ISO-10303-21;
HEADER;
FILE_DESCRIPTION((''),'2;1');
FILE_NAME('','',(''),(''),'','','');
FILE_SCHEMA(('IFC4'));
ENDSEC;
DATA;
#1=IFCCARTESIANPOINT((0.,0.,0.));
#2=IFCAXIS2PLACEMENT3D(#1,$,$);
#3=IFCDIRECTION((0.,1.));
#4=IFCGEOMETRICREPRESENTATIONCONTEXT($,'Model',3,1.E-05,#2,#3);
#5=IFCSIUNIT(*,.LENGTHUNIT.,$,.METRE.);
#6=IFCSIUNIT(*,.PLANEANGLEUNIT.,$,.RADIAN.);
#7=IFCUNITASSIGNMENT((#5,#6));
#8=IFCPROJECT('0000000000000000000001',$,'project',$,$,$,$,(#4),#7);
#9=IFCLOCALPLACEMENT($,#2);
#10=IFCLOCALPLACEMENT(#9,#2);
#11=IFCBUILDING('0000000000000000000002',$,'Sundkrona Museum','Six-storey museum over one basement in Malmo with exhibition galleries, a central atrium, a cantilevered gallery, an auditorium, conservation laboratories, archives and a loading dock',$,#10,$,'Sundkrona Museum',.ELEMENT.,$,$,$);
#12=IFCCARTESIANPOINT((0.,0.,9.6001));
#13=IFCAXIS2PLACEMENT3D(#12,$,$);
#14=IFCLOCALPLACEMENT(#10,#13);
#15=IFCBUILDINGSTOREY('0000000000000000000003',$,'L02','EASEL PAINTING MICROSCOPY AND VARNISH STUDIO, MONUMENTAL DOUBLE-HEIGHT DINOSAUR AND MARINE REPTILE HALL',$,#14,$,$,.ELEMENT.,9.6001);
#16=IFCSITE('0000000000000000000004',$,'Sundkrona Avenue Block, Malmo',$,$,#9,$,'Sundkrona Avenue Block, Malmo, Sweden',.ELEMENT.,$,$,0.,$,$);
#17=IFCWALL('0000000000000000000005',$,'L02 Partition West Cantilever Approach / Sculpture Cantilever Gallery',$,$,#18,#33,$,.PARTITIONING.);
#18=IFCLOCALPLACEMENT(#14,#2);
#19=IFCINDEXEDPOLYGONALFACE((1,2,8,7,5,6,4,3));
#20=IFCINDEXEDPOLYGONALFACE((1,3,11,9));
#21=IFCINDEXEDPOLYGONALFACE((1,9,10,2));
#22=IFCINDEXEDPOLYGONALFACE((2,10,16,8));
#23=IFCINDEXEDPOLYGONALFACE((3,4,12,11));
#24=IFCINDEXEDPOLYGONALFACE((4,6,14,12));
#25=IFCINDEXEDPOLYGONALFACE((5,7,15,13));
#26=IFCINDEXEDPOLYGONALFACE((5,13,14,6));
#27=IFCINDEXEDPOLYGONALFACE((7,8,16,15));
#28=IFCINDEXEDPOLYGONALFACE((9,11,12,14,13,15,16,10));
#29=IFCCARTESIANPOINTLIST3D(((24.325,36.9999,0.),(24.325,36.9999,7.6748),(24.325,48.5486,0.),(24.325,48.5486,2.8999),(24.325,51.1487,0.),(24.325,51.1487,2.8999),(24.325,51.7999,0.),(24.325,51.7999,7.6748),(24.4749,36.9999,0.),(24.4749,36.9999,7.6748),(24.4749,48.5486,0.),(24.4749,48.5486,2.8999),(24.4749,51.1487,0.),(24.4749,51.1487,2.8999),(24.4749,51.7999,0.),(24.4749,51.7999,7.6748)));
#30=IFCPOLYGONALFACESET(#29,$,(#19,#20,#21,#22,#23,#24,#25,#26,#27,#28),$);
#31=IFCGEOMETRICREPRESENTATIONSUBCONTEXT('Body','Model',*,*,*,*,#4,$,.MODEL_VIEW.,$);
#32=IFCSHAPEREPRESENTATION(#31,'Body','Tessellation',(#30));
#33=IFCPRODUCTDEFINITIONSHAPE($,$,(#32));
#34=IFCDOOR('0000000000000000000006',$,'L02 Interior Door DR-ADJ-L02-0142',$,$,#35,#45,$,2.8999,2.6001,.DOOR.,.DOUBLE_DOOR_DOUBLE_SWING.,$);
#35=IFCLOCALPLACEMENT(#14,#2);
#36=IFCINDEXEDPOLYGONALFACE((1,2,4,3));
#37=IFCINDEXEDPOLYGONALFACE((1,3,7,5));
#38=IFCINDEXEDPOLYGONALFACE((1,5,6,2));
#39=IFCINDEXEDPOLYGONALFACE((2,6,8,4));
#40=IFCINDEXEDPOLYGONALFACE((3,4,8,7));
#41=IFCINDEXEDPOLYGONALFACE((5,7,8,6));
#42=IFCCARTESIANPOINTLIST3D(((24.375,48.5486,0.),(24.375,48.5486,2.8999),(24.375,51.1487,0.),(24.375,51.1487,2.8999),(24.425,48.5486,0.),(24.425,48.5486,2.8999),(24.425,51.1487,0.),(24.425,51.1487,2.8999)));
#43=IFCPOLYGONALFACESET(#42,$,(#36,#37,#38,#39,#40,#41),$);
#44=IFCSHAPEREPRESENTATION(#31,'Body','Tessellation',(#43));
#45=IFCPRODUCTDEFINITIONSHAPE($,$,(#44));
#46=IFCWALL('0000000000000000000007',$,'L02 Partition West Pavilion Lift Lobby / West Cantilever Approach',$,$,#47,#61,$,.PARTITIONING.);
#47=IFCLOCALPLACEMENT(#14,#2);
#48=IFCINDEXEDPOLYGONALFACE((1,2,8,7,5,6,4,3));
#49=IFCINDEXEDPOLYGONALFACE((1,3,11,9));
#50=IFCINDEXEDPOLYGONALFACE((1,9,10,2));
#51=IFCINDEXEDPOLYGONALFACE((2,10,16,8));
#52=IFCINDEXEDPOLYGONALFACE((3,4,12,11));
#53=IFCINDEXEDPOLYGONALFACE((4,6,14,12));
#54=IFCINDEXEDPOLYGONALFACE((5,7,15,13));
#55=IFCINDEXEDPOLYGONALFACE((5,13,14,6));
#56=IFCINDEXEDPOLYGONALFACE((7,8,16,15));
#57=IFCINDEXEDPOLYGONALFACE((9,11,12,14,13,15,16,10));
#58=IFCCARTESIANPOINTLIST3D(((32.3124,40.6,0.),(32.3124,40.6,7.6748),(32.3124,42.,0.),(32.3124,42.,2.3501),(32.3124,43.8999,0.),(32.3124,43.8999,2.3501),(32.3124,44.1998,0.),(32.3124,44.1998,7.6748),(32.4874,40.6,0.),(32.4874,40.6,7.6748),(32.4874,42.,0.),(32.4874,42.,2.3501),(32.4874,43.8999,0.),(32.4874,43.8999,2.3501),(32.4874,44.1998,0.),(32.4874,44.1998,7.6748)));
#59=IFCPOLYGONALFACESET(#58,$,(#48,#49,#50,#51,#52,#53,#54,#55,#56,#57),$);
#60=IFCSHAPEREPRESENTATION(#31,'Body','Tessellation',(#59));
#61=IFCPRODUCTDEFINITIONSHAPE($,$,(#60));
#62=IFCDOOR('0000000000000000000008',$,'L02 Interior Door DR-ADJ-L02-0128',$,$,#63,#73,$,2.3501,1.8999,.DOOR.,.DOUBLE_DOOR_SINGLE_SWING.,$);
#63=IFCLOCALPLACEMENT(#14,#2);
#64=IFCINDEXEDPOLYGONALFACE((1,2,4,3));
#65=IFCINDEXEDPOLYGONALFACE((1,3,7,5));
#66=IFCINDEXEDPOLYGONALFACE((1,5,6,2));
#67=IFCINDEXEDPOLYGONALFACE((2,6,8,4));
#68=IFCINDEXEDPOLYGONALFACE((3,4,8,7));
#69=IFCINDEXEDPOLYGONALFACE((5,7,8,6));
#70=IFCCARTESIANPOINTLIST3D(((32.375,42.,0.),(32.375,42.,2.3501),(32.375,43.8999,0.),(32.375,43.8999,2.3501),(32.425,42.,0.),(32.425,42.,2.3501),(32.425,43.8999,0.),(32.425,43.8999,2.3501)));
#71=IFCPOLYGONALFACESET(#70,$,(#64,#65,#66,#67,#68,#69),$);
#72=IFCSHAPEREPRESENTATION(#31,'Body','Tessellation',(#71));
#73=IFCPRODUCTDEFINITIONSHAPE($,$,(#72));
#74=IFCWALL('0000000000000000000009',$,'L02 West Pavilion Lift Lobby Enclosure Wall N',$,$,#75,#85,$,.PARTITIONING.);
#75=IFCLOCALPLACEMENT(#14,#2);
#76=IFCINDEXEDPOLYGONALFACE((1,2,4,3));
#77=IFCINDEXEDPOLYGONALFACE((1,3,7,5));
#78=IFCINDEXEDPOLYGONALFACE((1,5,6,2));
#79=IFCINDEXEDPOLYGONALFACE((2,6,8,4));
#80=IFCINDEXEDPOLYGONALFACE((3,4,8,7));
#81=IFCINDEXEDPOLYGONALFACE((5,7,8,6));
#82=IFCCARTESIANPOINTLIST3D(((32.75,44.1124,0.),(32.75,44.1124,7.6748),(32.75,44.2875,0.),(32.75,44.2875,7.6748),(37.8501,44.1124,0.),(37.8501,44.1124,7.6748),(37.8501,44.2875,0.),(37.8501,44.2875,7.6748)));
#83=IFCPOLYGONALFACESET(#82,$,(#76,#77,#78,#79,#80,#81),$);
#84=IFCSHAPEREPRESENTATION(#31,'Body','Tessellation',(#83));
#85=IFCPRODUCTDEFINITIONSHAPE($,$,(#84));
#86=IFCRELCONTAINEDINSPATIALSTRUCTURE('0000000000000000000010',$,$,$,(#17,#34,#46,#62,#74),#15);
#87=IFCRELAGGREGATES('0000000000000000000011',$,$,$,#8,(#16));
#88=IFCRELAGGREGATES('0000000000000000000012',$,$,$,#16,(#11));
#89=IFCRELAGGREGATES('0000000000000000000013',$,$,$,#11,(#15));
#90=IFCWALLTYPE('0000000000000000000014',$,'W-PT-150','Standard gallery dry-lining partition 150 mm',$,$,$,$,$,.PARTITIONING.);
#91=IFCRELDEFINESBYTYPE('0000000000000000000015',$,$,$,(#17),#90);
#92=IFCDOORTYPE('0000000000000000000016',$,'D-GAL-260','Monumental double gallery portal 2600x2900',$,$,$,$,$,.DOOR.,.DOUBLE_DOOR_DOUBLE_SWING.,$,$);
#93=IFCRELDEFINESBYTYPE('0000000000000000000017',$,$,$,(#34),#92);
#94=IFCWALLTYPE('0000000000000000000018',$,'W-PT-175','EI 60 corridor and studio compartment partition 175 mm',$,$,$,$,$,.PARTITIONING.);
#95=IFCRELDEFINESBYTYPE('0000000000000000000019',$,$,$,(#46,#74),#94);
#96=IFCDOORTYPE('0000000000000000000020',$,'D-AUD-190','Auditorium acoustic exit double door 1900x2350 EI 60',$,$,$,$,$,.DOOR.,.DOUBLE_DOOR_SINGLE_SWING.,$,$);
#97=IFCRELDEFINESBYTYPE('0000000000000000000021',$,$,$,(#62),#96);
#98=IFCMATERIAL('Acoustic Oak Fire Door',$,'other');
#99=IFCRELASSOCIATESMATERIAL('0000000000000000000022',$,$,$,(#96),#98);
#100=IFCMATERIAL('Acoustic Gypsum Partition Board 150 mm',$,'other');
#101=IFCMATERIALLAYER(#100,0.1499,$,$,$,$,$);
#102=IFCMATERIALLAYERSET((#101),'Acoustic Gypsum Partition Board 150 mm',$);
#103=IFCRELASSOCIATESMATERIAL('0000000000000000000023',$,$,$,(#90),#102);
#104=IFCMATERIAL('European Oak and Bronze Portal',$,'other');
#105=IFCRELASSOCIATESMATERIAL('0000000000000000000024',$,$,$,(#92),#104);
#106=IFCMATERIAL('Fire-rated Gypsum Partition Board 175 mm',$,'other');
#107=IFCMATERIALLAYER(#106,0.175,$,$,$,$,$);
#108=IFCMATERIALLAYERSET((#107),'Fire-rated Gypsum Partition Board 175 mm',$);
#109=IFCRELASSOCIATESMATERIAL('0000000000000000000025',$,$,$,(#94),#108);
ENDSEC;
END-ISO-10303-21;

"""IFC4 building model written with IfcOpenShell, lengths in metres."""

from ifc_helpers import new_model, si_unit, direction, frame, frame_2d, origin, place, context, subcontext, project, spatial, rectangle, extrude, material, layer, layer_set, type_object, element, fill, save


model = new_model("IFC4")

# Units and contexts
model_context = context("Model", 3, precision=1e-05, world=origin(), true_north=direction((0.0, 1.0)))
body_context = subcontext(model_context, "Body", "Model", "MODEL_VIEW")
ifc_project = project(units=[si_unit("LENGTHUNIT", "METRE"), si_unit("PLANEANGLEUNIT", "RADIAN")], contexts=[model_context])

# Site, building, storey
site_placement = place(None, origin())
site = spatial("IfcSite", under=ifc_project, at=site_placement, Name="Sundkrona Avenue Block, Malmo", LongName="Sundkrona Avenue Block, Malmo, Sweden", CompositionType="ELEMENT", RefElevation=0.0)
building_placement = place(site_placement, origin())
building = spatial("IfcBuilding", under=site, at=building_placement, Name="Sundkrona Museum", Description="Six-storey museum over one basement in Malmo with exhibition galleries, a central atrium, a cantilevered gallery, an auditorium, conservation laboratories, archives and a loading dock", LongName="Sundkrona Museum", CompositionType="ELEMENT")
storey_placement = place(building_placement, frame((0.0, 0.0, 9.6001)))
storey = spatial("IfcBuildingStorey", under=building, at=storey_placement, Name="L02", Description="EASEL PAINTING MICROSCOPY AND VARNISH STUDIO, MONUMENTAL DOUBLE-HEIGHT DINOSAUR AND MARINE REPTILE HALL", CompositionType="ELEMENT", Elevation=9.6001)

# Walls, openings, doors
ifc_material_1 = material(Name="Acoustic Oak Fire Door", Category="other")
door_type_1 = type_object("IfcDoorType", Name="D-AUD-190", Description="Auditorium acoustic exit double door 1900x2350 EI 60", OperationType="DOUBLE_DOOR_SINGLE_SWING", PredefinedType="DOOR", material=ifc_material_1)
ifc_material_2 = material(Name="Acoustic Gypsum Partition Board 150 mm", Category="other")
ifc_layer_1 = layer(ifc_material_2, 0.1499)
ifc_layer_set_1 = layer_set([ifc_layer_1], Name="Acoustic Gypsum Partition Board 150 mm")
wall_type_1 = type_object("IfcWallType", Name="W-PT-150", Description="Standard gallery dry-lining partition 150 mm", PredefinedType="PARTITIONING", material=ifc_layer_set_1)
wall_1_placement = place(storey_placement, frame((24.3999, 37.0, 0.0), z_axis=(0.0, 0.0, 1.0), x_axis=(0.0, 1.0, 0.0)))
wall_1 = element("IfcWall", 1, at=wall_1_placement, inside=storey, type_object=wall_type_1, Name="L02 Partition West Cantilever Approach / Sculpture Cantilever Gallery", PredefinedType="PARTITIONING", context=body_context, shape_type="SweptSolid", body=[
    extrude(rectangle(XDim=14.8, YDim=0.1499, at=frame_2d((7.3999, 0.0))), origin(), (0.0, 0.0, 1.0), 7.6748),
])
opening_1_placement = place(wall_1_placement, frame((11.5486, 0.0, 0.0)))
opening_1 = element("IfcOpeningElement", 2, at=opening_1_placement, cuts=wall_1, PredefinedType="OPENING", context=body_context, shape_type="SweptSolid", body=[
    extrude(rectangle(XDim=2.6001, YDim=2.8999, at=frame_2d((1.3, 1.45))), frame((0.0, 0.085, 0.0), z_axis=(0.0, -1.0, 0.0), x_axis=(1.0, 0.0, 0.0)), (0.0, 0.0, 1.0), 0.1699),
])
ifc_material_3 = material(Name="European Oak and Bronze Portal", Category="other")
door_type_2 = type_object("IfcDoorType", Name="D-GAL-260", Description="Monumental double gallery portal 2600x2900", OperationType="DOUBLE_DOOR_DOUBLE_SWING", PredefinedType="DOOR", material=ifc_material_3)
door_1_placement = place(opening_1_placement, origin())
door_1 = element("IfcDoor", 3, at=door_1_placement, inside=storey, type_object=door_type_2, Name="L02 Interior Door DR-ADJ-L02-0142", OperationType="DOUBLE_DOOR_DOUBLE_SWING", OverallHeight=2.8999, OverallWidth=2.6001, PredefinedType="DOOR", context=body_context, shape_type="SweptSolid", body=[
    extrude(rectangle(XDim=2.6001, YDim=2.8999, at=frame_2d((1.3, 1.45))), frame((0.0, 0.0249, 0.0), z_axis=(0.0, -1.0, 0.0), x_axis=(1.0, 0.0, 0.0)), (0.0, 0.0, 1.0), 0.05),
])
fill(opening_1, door_1)
ifc_material_4 = material(Name="Fire-rated Gypsum Partition Board 175 mm", Category="other")
ifc_layer_2 = layer(ifc_material_4, 0.175)
ifc_layer_set_2 = layer_set([ifc_layer_2], Name="Fire-rated Gypsum Partition Board 175 mm")
wall_type_2 = type_object("IfcWallType", Name="W-PT-175", Description="EI 60 corridor and studio compartment partition 175 mm", PredefinedType="PARTITIONING", material=ifc_layer_set_2)
wall_2_placement = place(storey_placement, frame((32.3999, 40.6001, 0.0), z_axis=(0.0, 0.0, 1.0), x_axis=(0.0, 1.0, 0.0)))
wall_2 = element("IfcWall", 4, at=wall_2_placement, inside=storey, type_object=wall_type_2, Name="L02 Partition West Pavilion Lift Lobby / West Cantilever Approach", PredefinedType="PARTITIONING", context=body_context, shape_type="SweptSolid", body=[
    extrude(rectangle(XDim=3.5999, YDim=0.175, at=frame_2d((1.7998, 0.0))), origin(), (0.0, 0.0, 1.0), 7.6748),
])
opening_2_placement = place(wall_2_placement, frame((1.3999, 0.0, 0.0)))
opening_2 = element("IfcOpeningElement", 5, at=opening_2_placement, cuts=wall_2, PredefinedType="OPENING", context=body_context, shape_type="SweptSolid", body=[
    extrude(rectangle(XDim=1.8999, YDim=2.3501, at=frame_2d((0.95, 1.175))), frame((0.0, 0.0974, 0.0), z_axis=(0.0, -1.0, 0.0), x_axis=(1.0, 0.0, 0.0)), (0.0, 0.0, 1.0), 0.1951),
])
door_2_placement = place(opening_2_placement, origin())
door_2 = element("IfcDoor", 6, at=door_2_placement, inside=storey, type_object=door_type_1, Name="L02 Interior Door DR-ADJ-L02-0128", OperationType="DOUBLE_DOOR_SINGLE_SWING", OverallHeight=2.3501, OverallWidth=1.8999, PredefinedType="DOOR", context=body_context, shape_type="SweptSolid", body=[
    extrude(rectangle(XDim=1.8999, YDim=2.3501, at=frame_2d((0.95, 1.175))), frame((0.0, 0.0249, 0.0), z_axis=(0.0, -1.0, 0.0), x_axis=(1.0, 0.0, 0.0)), (0.0, 0.0, 1.0), 0.05),
])
fill(opening_2, door_2)

# Wall
wall_3_placement = place(storey_placement, frame((32.75, 44.2, 0.0), z_axis=(0.0, 0.0, 1.0), x_axis=(1.0, 0.0, 0.0)))
element("IfcWall", 7, at=wall_3_placement, inside=storey, type_object=wall_type_2, Name="L02 West Pavilion Lift Lobby Enclosure Wall N", PredefinedType="PARTITIONING", context=body_context, shape_type="SweptSolid", body=[
    extrude(rectangle(XDim=5.1001, YDim=0.175, at=frame_2d((2.55, 0.0))), origin(), (0.0, 0.0, 1.0), 7.6748),
])

save(model, "model.ifc")
